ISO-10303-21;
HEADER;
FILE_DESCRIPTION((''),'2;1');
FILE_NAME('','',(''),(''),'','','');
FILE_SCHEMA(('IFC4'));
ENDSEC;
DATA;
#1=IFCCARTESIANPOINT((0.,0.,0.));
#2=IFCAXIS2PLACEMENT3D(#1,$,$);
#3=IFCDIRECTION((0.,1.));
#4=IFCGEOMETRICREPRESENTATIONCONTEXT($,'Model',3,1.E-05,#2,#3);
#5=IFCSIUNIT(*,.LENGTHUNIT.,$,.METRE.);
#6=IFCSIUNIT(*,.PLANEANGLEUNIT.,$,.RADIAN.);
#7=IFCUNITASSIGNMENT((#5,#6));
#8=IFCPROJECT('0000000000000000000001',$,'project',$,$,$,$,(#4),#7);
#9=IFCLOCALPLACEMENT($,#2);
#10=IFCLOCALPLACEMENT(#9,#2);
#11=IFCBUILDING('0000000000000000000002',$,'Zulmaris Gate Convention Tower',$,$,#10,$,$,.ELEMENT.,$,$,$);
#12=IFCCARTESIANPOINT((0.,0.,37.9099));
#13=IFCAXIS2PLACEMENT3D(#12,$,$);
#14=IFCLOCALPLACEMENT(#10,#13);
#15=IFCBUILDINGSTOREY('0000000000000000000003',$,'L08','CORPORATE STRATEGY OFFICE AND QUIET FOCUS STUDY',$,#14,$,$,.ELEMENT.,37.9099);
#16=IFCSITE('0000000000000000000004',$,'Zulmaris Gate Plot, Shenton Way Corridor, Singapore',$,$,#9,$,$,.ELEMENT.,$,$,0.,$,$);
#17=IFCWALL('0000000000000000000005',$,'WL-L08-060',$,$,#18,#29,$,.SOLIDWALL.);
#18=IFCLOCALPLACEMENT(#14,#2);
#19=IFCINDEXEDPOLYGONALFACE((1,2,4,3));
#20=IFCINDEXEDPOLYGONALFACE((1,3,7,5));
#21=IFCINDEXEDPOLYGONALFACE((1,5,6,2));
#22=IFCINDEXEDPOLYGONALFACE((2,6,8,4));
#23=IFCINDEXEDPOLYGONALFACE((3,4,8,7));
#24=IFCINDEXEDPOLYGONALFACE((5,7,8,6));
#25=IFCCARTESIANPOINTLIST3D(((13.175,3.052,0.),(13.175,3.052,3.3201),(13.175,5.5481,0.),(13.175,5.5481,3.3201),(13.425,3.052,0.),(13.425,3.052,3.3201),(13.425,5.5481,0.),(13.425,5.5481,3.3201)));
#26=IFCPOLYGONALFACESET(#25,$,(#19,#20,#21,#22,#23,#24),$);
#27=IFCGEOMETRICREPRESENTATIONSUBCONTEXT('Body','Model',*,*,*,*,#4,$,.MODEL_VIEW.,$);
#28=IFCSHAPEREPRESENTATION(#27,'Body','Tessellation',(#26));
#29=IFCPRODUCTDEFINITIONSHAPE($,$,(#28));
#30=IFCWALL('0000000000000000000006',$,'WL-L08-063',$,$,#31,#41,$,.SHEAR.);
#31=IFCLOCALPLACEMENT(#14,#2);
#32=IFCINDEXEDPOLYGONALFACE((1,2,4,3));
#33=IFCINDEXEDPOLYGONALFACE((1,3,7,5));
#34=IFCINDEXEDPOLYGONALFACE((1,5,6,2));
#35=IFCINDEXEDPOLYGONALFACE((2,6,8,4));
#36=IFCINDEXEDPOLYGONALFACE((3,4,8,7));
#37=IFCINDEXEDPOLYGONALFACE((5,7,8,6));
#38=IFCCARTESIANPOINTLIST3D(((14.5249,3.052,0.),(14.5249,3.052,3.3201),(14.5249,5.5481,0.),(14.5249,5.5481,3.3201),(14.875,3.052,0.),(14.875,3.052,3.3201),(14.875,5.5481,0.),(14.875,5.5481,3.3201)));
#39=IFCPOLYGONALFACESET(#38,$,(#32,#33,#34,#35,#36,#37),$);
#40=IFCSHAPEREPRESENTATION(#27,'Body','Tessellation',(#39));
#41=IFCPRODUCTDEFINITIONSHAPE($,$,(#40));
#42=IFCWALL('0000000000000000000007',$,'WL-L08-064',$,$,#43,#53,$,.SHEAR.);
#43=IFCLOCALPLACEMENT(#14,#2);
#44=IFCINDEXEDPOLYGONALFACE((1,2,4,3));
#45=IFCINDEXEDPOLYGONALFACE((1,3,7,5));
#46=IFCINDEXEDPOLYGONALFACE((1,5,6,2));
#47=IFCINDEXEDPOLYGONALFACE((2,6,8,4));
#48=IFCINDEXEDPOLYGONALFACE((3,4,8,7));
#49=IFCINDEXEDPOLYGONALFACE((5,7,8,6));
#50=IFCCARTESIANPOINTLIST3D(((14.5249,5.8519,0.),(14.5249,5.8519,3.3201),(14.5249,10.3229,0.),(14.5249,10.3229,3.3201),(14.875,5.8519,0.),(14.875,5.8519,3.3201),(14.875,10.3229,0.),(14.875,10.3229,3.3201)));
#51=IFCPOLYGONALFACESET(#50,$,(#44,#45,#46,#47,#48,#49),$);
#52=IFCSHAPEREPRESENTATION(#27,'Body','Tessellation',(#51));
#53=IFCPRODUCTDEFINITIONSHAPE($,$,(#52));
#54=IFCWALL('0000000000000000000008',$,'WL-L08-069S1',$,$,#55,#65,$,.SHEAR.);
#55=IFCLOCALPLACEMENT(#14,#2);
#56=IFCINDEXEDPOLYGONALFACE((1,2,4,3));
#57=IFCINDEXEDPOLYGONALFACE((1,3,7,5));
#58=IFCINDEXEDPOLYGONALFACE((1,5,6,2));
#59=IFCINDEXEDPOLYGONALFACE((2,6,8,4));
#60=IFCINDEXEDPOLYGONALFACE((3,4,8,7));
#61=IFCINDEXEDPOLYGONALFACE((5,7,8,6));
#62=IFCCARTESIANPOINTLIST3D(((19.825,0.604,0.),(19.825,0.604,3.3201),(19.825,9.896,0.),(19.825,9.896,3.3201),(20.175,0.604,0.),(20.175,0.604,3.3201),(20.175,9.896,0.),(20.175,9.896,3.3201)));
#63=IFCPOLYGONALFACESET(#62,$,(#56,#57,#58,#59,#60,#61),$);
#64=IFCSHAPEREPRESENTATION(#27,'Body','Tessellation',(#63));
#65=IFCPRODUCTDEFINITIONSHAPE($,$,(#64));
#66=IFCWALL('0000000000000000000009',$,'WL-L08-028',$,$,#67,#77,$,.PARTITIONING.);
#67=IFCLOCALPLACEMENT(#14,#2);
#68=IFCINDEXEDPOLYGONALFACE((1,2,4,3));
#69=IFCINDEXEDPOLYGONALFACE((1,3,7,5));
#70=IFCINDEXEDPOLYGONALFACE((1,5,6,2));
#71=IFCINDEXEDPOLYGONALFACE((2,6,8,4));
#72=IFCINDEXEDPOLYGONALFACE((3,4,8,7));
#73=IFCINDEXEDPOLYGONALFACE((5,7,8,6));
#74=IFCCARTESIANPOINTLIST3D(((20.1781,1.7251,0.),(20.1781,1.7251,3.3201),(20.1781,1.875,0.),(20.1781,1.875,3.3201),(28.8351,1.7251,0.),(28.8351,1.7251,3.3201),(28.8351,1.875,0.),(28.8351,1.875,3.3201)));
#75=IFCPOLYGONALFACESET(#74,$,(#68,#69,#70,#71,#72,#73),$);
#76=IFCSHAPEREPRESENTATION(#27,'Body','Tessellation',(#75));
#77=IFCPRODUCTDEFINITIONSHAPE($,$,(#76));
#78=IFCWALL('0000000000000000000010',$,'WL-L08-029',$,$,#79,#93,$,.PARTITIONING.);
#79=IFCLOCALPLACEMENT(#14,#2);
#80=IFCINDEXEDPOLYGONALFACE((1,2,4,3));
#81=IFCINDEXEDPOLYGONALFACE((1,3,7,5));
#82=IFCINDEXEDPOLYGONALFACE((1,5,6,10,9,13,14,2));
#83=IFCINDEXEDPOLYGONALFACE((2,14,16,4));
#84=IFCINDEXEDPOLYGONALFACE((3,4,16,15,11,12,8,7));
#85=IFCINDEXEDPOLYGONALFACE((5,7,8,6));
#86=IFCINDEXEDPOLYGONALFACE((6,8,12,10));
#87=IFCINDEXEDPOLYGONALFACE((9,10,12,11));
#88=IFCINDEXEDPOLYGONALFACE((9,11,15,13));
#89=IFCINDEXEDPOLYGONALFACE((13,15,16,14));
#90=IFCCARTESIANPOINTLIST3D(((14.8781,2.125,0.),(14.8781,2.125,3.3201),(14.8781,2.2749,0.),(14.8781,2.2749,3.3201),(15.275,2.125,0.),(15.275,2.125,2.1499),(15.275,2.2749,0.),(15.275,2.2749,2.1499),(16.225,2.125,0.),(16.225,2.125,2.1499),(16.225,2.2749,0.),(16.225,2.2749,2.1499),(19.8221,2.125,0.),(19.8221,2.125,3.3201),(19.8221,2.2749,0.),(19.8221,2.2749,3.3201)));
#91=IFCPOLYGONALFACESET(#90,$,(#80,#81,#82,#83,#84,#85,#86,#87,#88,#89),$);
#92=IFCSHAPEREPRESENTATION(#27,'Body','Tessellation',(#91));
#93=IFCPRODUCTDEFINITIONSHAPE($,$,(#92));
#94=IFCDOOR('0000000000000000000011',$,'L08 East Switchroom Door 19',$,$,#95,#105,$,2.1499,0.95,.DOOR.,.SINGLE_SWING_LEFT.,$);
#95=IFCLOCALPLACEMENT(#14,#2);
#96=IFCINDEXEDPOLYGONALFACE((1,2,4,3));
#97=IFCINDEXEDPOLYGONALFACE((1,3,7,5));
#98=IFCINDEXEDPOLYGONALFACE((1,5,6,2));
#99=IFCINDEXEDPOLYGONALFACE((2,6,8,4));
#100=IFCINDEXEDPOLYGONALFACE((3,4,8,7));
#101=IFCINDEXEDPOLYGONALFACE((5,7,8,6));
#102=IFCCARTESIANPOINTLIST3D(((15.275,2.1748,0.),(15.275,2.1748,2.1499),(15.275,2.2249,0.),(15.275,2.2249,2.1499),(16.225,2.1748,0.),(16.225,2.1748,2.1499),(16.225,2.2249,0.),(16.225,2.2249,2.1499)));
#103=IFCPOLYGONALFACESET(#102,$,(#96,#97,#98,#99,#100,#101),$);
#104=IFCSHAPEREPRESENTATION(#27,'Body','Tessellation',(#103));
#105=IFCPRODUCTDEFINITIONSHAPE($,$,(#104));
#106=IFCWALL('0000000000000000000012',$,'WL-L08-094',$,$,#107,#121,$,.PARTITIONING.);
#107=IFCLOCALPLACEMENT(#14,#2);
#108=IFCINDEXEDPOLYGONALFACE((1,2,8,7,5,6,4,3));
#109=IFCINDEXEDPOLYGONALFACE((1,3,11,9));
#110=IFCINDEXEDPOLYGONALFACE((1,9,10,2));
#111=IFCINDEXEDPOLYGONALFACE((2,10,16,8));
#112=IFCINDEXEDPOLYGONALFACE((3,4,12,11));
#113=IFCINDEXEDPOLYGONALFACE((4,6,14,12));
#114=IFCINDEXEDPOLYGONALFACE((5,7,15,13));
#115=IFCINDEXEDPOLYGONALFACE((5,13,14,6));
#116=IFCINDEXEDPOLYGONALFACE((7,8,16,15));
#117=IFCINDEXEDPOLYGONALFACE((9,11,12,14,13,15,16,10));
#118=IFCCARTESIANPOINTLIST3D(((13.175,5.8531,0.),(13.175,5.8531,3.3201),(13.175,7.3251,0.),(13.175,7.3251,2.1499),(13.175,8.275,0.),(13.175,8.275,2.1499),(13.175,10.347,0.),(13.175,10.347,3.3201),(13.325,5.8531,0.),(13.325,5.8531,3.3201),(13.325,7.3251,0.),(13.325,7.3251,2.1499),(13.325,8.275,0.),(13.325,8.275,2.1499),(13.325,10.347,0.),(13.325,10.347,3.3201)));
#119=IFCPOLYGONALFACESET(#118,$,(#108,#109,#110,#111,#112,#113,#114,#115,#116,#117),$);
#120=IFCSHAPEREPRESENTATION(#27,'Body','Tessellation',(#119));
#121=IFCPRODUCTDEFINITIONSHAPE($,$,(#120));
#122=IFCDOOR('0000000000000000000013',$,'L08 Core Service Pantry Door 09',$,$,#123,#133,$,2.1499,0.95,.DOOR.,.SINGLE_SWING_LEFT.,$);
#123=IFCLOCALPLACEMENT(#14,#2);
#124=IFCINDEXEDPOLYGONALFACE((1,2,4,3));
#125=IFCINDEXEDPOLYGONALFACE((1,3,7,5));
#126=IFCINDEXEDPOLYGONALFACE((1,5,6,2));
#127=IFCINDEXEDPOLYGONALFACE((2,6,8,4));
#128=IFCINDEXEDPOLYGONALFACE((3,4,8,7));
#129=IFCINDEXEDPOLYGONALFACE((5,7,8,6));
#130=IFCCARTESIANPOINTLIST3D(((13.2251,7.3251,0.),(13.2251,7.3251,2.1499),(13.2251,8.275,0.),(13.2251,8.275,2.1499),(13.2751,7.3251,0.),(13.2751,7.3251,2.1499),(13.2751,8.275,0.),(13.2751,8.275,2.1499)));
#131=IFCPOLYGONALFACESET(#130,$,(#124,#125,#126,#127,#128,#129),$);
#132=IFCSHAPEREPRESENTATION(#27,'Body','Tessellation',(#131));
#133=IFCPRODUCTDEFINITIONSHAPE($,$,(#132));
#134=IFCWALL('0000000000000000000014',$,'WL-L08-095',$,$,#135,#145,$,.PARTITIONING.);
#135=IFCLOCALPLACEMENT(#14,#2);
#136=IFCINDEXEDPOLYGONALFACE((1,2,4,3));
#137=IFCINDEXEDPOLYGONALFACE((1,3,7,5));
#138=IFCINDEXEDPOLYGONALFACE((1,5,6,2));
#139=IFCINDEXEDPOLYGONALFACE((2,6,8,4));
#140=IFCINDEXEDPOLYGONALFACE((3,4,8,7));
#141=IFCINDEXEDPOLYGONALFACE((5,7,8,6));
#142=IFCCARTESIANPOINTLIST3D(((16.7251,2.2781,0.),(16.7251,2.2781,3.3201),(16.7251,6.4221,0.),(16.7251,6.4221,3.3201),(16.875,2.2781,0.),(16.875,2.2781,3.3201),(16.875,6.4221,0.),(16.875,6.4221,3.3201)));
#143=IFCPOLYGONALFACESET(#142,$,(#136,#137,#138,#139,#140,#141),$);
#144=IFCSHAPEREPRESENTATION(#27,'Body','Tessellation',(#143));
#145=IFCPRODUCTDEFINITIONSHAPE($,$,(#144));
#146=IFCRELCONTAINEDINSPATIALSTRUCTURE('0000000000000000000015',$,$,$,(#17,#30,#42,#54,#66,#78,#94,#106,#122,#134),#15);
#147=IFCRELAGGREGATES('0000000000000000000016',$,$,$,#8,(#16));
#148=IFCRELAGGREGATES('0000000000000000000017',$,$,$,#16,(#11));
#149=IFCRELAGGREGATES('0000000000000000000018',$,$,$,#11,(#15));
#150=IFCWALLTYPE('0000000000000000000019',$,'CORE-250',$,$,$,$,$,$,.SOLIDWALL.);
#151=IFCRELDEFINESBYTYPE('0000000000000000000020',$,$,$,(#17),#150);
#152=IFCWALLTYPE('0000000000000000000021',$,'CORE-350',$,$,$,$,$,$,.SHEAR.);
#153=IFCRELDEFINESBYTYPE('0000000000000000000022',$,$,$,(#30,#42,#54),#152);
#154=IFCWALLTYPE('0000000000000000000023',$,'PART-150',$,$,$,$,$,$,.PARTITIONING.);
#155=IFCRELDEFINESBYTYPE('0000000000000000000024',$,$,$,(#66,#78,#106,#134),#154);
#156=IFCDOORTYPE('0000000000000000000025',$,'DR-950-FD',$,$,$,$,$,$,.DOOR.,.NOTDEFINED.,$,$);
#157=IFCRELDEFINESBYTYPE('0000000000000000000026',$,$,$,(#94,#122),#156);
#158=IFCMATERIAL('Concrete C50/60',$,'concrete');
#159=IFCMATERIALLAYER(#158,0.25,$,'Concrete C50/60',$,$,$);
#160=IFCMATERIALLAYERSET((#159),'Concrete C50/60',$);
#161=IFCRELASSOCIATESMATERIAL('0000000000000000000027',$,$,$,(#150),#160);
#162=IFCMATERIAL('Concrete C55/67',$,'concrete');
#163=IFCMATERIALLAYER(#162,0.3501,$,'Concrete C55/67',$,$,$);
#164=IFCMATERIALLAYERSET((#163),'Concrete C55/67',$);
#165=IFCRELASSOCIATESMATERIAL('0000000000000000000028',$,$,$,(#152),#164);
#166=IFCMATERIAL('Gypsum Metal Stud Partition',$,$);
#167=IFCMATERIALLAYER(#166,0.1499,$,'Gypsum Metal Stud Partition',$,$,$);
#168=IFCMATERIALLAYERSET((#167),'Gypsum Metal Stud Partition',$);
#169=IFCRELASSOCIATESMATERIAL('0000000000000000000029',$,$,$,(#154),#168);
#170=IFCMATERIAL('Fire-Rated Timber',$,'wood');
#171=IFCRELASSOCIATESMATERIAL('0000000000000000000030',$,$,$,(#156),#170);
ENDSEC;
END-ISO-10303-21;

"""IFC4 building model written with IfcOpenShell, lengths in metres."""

from ifc_helpers import new_model, si_unit, direction, frame, frame_2d, origin, place, context, subcontext, project, spatial, rectangle, extrude, material, layer, layer_set, type_object, element, fill, save


model = new_model("IFC4")

# Units and contexts
model_context = context("Model", 3, precision=1e-05, world=origin(), true_north=direction((0.0, 1.0)))
body_context = subcontext(model_context, "Body", "Model", "MODEL_VIEW")
ifc_project = project(units=[si_unit("LENGTHUNIT", "METRE"), si_unit("PLANEANGLEUNIT", "RADIAN")], contexts=[model_context])

# Site, building, storey
site_placement = place(None, origin())
site = spatial("IfcSite", under=ifc_project, at=site_placement, Name="Zulmaris Gate Plot, Shenton Way Corridor, Singapore", CompositionType="ELEMENT", RefElevation=0.0)
building_placement = place(site_placement, origin())
building = spatial("IfcBuilding", under=site, at=building_placement, Name="Zulmaris Gate Convention Tower", CompositionType="ELEMENT")
storey_placement = place(building_placement, frame((0.0, 0.0, 37.9099)))
storey = spatial("IfcBuildingStorey", under=building, at=storey_placement, Name="L08", Description="CORPORATE STRATEGY OFFICE AND QUIET FOCUS STUDY", CompositionType="ELEMENT", Elevation=37.9099)

# Walls
ifc_material_1 = material(Name="Concrete C50/60", Category="concrete")
ifc_layer_1 = layer(ifc_material_1, 0.25, Name="Concrete C50/60")
ifc_layer_set_1 = layer_set([ifc_layer_1], Name="Concrete C50/60")
wall_type_1 = type_object("IfcWallType", Name="CORE-250", PredefinedType="SOLIDWALL", material=ifc_layer_set_1)
wall_1_placement = place(storey_placement, frame((13.3, 3.052, 0.0), z_axis=(0.0, 0.0, 1.0), x_axis=(0.0, 1.0, 0.0)))
element("IfcWall", 1, at=wall_1_placement, inside=storey, type_object=wall_type_1, Name="WL-L08-060", PredefinedType="SOLIDWALL", context=body_context, shape_type="SweptSolid", body=[
    extrude(rectangle(XDim=2.4961, YDim=0.25, at=frame_2d((1.248, 0.0))), origin(), (0.0, 0.0, 1.0), 3.3201),
])
ifc_material_2 = material(Name="Concrete C55/67", Category="concrete")
ifc_layer_2 = layer(ifc_material_2, 0.3501, Name="Concrete C55/67")
ifc_layer_set_2 = layer_set([ifc_layer_2], Name="Concrete C55/67")
wall_type_2 = type_object("IfcWallType", Name="CORE-350", PredefinedType="SHEAR", material=ifc_layer_set_2)
wall_2_placement = place(storey_placement, frame((14.7, 3.052, 0.0), z_axis=(0.0, 0.0, 1.0), x_axis=(0.0, 1.0, 0.0)))
element("IfcWall", 2, at=wall_2_placement, inside=storey, type_object=wall_type_2, Name="WL-L08-063", PredefinedType="SHEAR", context=body_context, shape_type="SweptSolid", body=[
    extrude(rectangle(XDim=2.4961, YDim=0.3501, at=frame_2d((1.248, 0.0))), origin(), (0.0, 0.0, 1.0), 3.3201),
])
wall_3_placement = place(storey_placement, frame((14.7, 5.8521, 0.0), z_axis=(0.0, 0.0, 1.0), x_axis=(0.0, 1.0, 0.0)))
element("IfcWall", 3, at=wall_3_placement, inside=storey, type_object=wall_type_2, Name="WL-L08-064", PredefinedType="SHEAR", context=body_context, shape_type="SweptSolid", body=[
    extrude(rectangle(XDim=4.4709, YDim=0.3501, at=frame_2d((2.2354, 0.0))), origin(), (0.0, 0.0, 1.0), 3.3201),
])
wall_4_placement = place(storey_placement, frame((20.0, 0.604, 0.0), z_axis=(0.0, 0.0, 1.0), x_axis=(0.0, 1.0, 0.0)))
element("IfcWall", 4, at=wall_4_placement, inside=storey, type_object=wall_type_2, Name="WL-L08-069S1", PredefinedType="SHEAR", context=body_context, shape_type="SweptSolid", body=[
    extrude(rectangle(XDim=9.292, YDim=0.3501, at=frame_2d((4.646, 0.0))), origin(), (0.0, 0.0, 1.0), 3.3201),
])
ifc_material_3 = material(Name="Gypsum Metal Stud Partition")
ifc_layer_3 = layer(ifc_material_3, 0.1499, Name="Gypsum Metal Stud Partition")
ifc_layer_set_3 = layer_set([ifc_layer_3], Name="Gypsum Metal Stud Partition")
wall_type_3 = type_object("IfcWallType", Name="PART-150", PredefinedType="PARTITIONING", material=ifc_layer_set_3)
wall_5_placement = place(storey_placement, frame((20.178, 1.8, 0.0), z_axis=(0.0, 0.0, 1.0), x_axis=(1.0, 0.0, 0.0)))
element("IfcWall", 5, at=wall_5_placement, inside=storey, type_object=wall_type_3, Name="WL-L08-028", PredefinedType="PARTITIONING", context=body_context, shape_type="SweptSolid", body=[
    extrude(rectangle(XDim=8.657, YDim=0.1499, at=frame_2d((4.3286, 0.0))), origin(), (0.0, 0.0, 1.0), 3.3201),
])

# Wall, opening, door
wall_6_placement = place(storey_placement, frame((14.8779, 2.2, 0.0), z_axis=(0.0, 0.0, 1.0), x_axis=(1.0, 0.0, 0.0)))
wall_6 = element("IfcWall", 6, at=wall_6_placement, inside=storey, type_object=wall_type_3, Name="WL-L08-029", PredefinedType="PARTITIONING", context=body_context, shape_type="SweptSolid", body=[
    extrude(rectangle(XDim=4.9441, YDim=0.1499, at=frame_2d((2.4722, 0.0))), origin(), (0.0, 0.0, 1.0), 3.3201),
])
opening_1_placement = place(wall_6_placement, frame((0.397, 0.0, 0.0)))
opening_1 = element("IfcOpeningElement", 7, at=opening_1_placement, cuts=wall_6, PredefinedType="OPENING", context=body_context, shape_type="SweptSolid", body=[
    extrude(rectangle(XDim=0.95, YDim=2.1499, at=frame_2d((0.4751, 1.075))), frame((0.0, 0.085, 0.0), z_axis=(0.0, -1.0, 0.0), x_axis=(1.0, 0.0, 0.0)), (0.0, 0.0, 1.0), 0.1699),
])
ifc_material_4 = material(Name="Fire-Rated Timber", Category="wood")
door_type = type_object("IfcDoorType", Name="DR-950-FD", OperationType="NOTDEFINED", PredefinedType="DOOR", material=ifc_material_4)
door_1_placement = place(opening_1_placement, origin())
door_1 = element("IfcDoor", 8, at=door_1_placement, inside=storey, type_object=door_type, Name="L08 East Switchroom Door 19", OperationType="SINGLE_SWING_LEFT", OverallHeight=2.1499, OverallWidth=0.95, PredefinedType="DOOR", context=body_context, shape_type="SweptSolid", body=[
    extrude(rectangle(XDim=0.95, YDim=2.1499, at=frame_2d((0.4751, 1.075))), frame((0.0, 0.0249, 0.0), z_axis=(0.0, -1.0, 0.0), x_axis=(1.0, 0.0, 0.0)), (0.0, 0.0, 1.0), 0.05),
])
fill(opening_1, door_1)

# Wall, opening, door
wall_7_placement = place(storey_placement, frame((13.25, 5.853, 0.0), z_axis=(0.0, 0.0, 1.0), x_axis=(0.0, 1.0, 0.0)))
wall_7 = element("IfcWall", 9, at=wall_7_placement, inside=storey, type_object=wall_type_3, Name="WL-L08-094", PredefinedType="PARTITIONING", context=body_context, shape_type="SweptSolid", body=[
    extrude(rectangle(XDim=4.4939, YDim=0.1499, at=frame_2d((2.2471, 0.0))), origin(), (0.0, 0.0, 1.0), 3.3201),
])
opening_2_placement = place(wall_7_placement, frame((1.4719, 0.0, 0.0)))
opening_2 = element("IfcOpeningElement", 10, at=opening_2_placement, cuts=wall_7, PredefinedType="OPENING", context=body_context, shape_type="SweptSolid", body=[
    extrude(rectangle(XDim=0.95, YDim=2.1499, at=frame_2d((0.4751, 1.075))), frame((0.0, 0.085, 0.0), z_axis=(0.0, -1.0, 0.0), x_axis=(1.0, 0.0, 0.0)), (0.0, 0.0, 1.0), 0.1699),
])
door_2_placement = place(opening_2_placement, origin())
door_2 = element("IfcDoor", 11, at=door_2_placement, inside=storey, type_object=door_type, Name="L08 Core Service Pantry Door 09", OperationType="SINGLE_SWING_LEFT", OverallHeight=2.1499, OverallWidth=0.95, PredefinedType="DOOR", context=body_context, shape_type="SweptSolid", body=[
    extrude(rectangle(XDim=0.95, YDim=2.1499, at=frame_2d((0.4751, 1.075))), frame((0.0, 0.0249, 0.0), z_axis=(0.0, -1.0, 0.0), x_axis=(1.0, 0.0, 0.0)), (0.0, 0.0, 1.0), 0.05),
])
fill(opening_2, door_2)

# Wall
wall_8_placement = place(storey_placement, frame((16.8, 2.2781, 0.0), z_axis=(0.0, 0.0, 1.0), x_axis=(0.0, 1.0, 0.0)))
element("IfcWall", 12, at=wall_8_placement, inside=storey, type_object=wall_type_3, Name="WL-L08-095", PredefinedType="PARTITIONING", context=body_context, shape_type="SweptSolid", body=[
    extrude(rectangle(XDim=4.144, YDim=0.1499, at=frame_2d((2.072, 0.0))), origin(), (0.0, 0.0, 1.0), 3.3201),
])

save(model, "model.ifc")
